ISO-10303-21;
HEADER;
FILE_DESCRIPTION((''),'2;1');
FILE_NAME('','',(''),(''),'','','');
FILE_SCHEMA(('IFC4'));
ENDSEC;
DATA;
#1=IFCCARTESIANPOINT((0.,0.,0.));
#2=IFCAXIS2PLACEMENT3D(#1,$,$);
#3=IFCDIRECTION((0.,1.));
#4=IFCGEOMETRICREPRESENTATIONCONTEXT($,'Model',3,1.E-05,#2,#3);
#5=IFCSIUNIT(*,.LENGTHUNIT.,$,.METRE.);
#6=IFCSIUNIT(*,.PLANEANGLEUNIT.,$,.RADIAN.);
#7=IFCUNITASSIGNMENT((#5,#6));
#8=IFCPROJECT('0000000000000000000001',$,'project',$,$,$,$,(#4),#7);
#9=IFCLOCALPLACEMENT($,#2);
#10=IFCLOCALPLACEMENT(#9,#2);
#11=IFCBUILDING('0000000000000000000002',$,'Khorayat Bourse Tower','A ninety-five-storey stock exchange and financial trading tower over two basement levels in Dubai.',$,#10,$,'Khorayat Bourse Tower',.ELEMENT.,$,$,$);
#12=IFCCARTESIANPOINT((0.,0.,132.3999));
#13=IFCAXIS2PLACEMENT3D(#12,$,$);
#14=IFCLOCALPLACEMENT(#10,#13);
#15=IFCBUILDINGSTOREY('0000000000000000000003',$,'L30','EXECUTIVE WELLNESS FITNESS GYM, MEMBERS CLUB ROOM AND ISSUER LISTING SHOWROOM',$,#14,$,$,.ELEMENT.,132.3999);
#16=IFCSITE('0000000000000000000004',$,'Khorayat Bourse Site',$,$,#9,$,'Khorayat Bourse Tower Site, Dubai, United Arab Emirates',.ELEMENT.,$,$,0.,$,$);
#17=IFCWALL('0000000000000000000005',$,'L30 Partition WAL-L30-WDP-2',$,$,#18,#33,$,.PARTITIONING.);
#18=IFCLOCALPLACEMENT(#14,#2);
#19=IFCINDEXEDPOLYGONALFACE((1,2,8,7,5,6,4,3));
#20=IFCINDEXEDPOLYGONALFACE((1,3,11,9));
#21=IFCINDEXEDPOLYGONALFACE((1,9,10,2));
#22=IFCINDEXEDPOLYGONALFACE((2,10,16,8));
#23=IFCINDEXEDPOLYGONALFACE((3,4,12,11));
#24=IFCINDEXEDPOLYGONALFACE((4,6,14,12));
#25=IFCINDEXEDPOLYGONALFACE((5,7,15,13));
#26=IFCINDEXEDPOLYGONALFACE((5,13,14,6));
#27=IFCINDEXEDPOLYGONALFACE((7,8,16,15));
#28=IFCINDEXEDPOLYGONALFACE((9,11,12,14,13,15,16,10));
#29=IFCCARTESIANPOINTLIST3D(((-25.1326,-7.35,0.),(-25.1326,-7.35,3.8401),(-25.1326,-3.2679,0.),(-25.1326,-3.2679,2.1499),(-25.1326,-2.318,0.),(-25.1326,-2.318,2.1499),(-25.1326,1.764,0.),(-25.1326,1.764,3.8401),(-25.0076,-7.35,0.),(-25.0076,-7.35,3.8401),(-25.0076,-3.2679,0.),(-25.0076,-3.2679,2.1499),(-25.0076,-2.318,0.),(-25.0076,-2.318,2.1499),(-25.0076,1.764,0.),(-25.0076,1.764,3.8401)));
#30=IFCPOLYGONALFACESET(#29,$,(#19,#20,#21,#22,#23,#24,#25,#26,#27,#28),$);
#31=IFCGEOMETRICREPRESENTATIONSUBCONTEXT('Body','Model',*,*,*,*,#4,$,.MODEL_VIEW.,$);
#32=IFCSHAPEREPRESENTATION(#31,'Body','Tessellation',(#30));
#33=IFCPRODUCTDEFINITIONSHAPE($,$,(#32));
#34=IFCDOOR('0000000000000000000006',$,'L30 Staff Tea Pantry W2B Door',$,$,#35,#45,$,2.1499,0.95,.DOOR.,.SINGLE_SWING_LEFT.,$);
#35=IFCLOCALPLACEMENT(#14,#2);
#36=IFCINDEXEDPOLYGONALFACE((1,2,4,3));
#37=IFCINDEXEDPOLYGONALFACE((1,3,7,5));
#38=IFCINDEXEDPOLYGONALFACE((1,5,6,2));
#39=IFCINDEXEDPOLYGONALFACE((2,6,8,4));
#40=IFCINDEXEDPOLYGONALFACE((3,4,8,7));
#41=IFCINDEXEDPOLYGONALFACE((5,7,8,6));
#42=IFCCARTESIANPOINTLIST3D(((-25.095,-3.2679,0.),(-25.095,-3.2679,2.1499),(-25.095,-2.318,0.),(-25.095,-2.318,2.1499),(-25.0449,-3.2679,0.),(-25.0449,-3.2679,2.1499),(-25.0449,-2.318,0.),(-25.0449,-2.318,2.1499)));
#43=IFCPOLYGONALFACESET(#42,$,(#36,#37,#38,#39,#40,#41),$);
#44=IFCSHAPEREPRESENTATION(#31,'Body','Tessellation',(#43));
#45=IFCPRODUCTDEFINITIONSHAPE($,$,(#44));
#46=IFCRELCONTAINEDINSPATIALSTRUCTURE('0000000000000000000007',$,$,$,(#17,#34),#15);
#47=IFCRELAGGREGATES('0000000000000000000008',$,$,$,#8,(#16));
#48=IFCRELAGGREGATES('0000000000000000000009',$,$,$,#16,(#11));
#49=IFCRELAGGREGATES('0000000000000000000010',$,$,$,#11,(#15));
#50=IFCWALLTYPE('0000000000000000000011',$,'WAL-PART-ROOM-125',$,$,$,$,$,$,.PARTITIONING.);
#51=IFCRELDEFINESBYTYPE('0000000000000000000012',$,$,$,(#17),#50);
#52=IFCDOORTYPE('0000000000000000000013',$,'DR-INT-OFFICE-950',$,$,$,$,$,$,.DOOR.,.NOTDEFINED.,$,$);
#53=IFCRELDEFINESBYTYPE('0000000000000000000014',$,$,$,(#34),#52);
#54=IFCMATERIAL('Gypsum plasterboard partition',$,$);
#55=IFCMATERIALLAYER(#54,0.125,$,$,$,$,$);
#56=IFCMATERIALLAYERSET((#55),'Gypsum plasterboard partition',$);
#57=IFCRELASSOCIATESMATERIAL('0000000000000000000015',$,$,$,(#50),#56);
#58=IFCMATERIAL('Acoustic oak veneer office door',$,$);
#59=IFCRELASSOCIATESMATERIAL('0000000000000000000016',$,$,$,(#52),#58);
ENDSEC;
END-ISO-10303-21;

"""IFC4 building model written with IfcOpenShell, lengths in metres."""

from ifc_helpers import new_model, si_unit, direction, frame, frame_2d, origin, place, context, subcontext, project, spatial, rectangle, extrude, source, transform, mapped, material, layer, layer_set, type_object, element, fill, save


model = new_model("IFC4")

# Units and contexts
model_context = context("Model", 3, precision=1e-05, world=origin(), true_north=direction((0.0, 1.0)))
body_context = subcontext(model_context, "Body", "Model", "MODEL_VIEW")
ifc_project = project(units=[si_unit("LENGTHUNIT", "METRE"), si_unit("PLANEANGLEUNIT", "RADIAN")], contexts=[model_context])

# Site, building, storey
site_placement = place(None, origin())
site = spatial("IfcSite", under=ifc_project, at=site_placement, Name="Khorayat Bourse Site", LongName="Khorayat Bourse Tower Site, Dubai, United Arab Emirates", CompositionType="ELEMENT", RefElevation=0.0)
building_placement = place(site_placement, origin())
building = spatial("IfcBuilding", under=site, at=building_placement, Name="Khorayat Bourse Tower", Description="A ninety-five-storey stock exchange and financial trading tower over two basement levels in Dubai.", LongName="Khorayat Bourse Tower", CompositionType="ELEMENT")
storey_placement = place(building_placement, frame((0.0, 0.0, 132.3999)))
storey = spatial("IfcBuildingStorey", under=building, at=storey_placement, Name="L30", Description="EXECUTIVE WELLNESS FITNESS GYM, MEMBERS CLUB ROOM AND ISSUER LISTING SHOWROOM", CompositionType="ELEMENT", Elevation=132.3999)

# Wall, opening, door
ifc_material_1 = material(Name="Gypsum plasterboard partition")
ifc_layer_1 = layer(ifc_material_1, 0.125)
ifc_layer_set_1 = layer_set([ifc_layer_1], Name="Gypsum plasterboard partition")
wall_type_1 = type_object("IfcWallType", Name="WAL-PART-ROOM-125", PredefinedType="PARTITIONING", material=ifc_layer_set_1)
shared_shape_1 = source(origin(), body_context, "Body", "SweptSolid", [
    extrude(rectangle(XDim=9.114, YDim=0.125, at=frame_2d((4.5571, 0.0))), origin(), (0.0, 0.0, 1.0), 3.8401),
])
wall_1_placement = place(storey_placement, frame((-25.0701, -7.3501, 0.0), z_axis=(0.0, 0.0, 1.0), x_axis=(0.0, 1.0, 0.0)))
wall_1 = element("IfcWall", 1, at=wall_1_placement, inside=storey, type_object=wall_type_1, Name="L30 Partition WAL-L30-WDP-2", PredefinedType="PARTITIONING", context=body_context, shape_type="MappedRepresentation", body=[
    mapped(shared_shape_1, transform((0.0, 0.0, 0.0), scale=1.0)),
])
shared_shape_2 = source(origin(), body_context, "Body", "SweptSolid", [
    extrude(rectangle(XDim=0.95, YDim=2.1499, at=frame_2d((0.4751, 1.075))), frame((0.0, 0.0725, 0.0), z_axis=(0.0, -1.0, 0.0), x_axis=(1.0, 0.0, 0.0)), (0.0, 0.0, 1.0), 0.145),
])
opening_1_placement = place(wall_1_placement, frame((4.082, 0.0, 0.0)))
opening_1 = element("IfcOpeningElement", 2, at=opening_1_placement, cuts=wall_1, PredefinedType="OPENING", context=body_context, shape_type="MappedRepresentation", body=[
    mapped(shared_shape_2, transform((0.0, 0.0, 0.0), scale=1.0)),
])
ifc_material_2 = material(Name="Acoustic oak veneer office door")
door_type_1 = type_object("IfcDoorType", Name="DR-INT-OFFICE-950", OperationType="NOTDEFINED", PredefinedType="DOOR", material=ifc_material_2)
shared_shape_3 = source(origin(), body_context, "Body", "SweptSolid", [
    extrude(rectangle(XDim=0.95, YDim=2.1499, at=frame_2d((0.4751, 1.075))), frame((0.0, 0.0249, 0.0), z_axis=(0.0, -1.0, 0.0), x_axis=(1.0, 0.0, 0.0)), (0.0, 0.0, 1.0), 0.05),
])
door_1_placement = place(opening_1_placement, origin())
door_1 = element("IfcDoor", 3, at=door_1_placement, inside=storey, type_object=door_type_1, Name="L30 Staff Tea Pantry W2B Door", OperationType="SINGLE_SWING_LEFT", OverallHeight=2.1499, OverallWidth=0.95, PredefinedType="DOOR", context=body_context, shape_type="MappedRepresentation", body=[
    mapped(shared_shape_3, transform((0.0, 0.0, 0.0), scale=1.0)),
])
fill(opening_1, door_1)

save(model, "model.ifc")
